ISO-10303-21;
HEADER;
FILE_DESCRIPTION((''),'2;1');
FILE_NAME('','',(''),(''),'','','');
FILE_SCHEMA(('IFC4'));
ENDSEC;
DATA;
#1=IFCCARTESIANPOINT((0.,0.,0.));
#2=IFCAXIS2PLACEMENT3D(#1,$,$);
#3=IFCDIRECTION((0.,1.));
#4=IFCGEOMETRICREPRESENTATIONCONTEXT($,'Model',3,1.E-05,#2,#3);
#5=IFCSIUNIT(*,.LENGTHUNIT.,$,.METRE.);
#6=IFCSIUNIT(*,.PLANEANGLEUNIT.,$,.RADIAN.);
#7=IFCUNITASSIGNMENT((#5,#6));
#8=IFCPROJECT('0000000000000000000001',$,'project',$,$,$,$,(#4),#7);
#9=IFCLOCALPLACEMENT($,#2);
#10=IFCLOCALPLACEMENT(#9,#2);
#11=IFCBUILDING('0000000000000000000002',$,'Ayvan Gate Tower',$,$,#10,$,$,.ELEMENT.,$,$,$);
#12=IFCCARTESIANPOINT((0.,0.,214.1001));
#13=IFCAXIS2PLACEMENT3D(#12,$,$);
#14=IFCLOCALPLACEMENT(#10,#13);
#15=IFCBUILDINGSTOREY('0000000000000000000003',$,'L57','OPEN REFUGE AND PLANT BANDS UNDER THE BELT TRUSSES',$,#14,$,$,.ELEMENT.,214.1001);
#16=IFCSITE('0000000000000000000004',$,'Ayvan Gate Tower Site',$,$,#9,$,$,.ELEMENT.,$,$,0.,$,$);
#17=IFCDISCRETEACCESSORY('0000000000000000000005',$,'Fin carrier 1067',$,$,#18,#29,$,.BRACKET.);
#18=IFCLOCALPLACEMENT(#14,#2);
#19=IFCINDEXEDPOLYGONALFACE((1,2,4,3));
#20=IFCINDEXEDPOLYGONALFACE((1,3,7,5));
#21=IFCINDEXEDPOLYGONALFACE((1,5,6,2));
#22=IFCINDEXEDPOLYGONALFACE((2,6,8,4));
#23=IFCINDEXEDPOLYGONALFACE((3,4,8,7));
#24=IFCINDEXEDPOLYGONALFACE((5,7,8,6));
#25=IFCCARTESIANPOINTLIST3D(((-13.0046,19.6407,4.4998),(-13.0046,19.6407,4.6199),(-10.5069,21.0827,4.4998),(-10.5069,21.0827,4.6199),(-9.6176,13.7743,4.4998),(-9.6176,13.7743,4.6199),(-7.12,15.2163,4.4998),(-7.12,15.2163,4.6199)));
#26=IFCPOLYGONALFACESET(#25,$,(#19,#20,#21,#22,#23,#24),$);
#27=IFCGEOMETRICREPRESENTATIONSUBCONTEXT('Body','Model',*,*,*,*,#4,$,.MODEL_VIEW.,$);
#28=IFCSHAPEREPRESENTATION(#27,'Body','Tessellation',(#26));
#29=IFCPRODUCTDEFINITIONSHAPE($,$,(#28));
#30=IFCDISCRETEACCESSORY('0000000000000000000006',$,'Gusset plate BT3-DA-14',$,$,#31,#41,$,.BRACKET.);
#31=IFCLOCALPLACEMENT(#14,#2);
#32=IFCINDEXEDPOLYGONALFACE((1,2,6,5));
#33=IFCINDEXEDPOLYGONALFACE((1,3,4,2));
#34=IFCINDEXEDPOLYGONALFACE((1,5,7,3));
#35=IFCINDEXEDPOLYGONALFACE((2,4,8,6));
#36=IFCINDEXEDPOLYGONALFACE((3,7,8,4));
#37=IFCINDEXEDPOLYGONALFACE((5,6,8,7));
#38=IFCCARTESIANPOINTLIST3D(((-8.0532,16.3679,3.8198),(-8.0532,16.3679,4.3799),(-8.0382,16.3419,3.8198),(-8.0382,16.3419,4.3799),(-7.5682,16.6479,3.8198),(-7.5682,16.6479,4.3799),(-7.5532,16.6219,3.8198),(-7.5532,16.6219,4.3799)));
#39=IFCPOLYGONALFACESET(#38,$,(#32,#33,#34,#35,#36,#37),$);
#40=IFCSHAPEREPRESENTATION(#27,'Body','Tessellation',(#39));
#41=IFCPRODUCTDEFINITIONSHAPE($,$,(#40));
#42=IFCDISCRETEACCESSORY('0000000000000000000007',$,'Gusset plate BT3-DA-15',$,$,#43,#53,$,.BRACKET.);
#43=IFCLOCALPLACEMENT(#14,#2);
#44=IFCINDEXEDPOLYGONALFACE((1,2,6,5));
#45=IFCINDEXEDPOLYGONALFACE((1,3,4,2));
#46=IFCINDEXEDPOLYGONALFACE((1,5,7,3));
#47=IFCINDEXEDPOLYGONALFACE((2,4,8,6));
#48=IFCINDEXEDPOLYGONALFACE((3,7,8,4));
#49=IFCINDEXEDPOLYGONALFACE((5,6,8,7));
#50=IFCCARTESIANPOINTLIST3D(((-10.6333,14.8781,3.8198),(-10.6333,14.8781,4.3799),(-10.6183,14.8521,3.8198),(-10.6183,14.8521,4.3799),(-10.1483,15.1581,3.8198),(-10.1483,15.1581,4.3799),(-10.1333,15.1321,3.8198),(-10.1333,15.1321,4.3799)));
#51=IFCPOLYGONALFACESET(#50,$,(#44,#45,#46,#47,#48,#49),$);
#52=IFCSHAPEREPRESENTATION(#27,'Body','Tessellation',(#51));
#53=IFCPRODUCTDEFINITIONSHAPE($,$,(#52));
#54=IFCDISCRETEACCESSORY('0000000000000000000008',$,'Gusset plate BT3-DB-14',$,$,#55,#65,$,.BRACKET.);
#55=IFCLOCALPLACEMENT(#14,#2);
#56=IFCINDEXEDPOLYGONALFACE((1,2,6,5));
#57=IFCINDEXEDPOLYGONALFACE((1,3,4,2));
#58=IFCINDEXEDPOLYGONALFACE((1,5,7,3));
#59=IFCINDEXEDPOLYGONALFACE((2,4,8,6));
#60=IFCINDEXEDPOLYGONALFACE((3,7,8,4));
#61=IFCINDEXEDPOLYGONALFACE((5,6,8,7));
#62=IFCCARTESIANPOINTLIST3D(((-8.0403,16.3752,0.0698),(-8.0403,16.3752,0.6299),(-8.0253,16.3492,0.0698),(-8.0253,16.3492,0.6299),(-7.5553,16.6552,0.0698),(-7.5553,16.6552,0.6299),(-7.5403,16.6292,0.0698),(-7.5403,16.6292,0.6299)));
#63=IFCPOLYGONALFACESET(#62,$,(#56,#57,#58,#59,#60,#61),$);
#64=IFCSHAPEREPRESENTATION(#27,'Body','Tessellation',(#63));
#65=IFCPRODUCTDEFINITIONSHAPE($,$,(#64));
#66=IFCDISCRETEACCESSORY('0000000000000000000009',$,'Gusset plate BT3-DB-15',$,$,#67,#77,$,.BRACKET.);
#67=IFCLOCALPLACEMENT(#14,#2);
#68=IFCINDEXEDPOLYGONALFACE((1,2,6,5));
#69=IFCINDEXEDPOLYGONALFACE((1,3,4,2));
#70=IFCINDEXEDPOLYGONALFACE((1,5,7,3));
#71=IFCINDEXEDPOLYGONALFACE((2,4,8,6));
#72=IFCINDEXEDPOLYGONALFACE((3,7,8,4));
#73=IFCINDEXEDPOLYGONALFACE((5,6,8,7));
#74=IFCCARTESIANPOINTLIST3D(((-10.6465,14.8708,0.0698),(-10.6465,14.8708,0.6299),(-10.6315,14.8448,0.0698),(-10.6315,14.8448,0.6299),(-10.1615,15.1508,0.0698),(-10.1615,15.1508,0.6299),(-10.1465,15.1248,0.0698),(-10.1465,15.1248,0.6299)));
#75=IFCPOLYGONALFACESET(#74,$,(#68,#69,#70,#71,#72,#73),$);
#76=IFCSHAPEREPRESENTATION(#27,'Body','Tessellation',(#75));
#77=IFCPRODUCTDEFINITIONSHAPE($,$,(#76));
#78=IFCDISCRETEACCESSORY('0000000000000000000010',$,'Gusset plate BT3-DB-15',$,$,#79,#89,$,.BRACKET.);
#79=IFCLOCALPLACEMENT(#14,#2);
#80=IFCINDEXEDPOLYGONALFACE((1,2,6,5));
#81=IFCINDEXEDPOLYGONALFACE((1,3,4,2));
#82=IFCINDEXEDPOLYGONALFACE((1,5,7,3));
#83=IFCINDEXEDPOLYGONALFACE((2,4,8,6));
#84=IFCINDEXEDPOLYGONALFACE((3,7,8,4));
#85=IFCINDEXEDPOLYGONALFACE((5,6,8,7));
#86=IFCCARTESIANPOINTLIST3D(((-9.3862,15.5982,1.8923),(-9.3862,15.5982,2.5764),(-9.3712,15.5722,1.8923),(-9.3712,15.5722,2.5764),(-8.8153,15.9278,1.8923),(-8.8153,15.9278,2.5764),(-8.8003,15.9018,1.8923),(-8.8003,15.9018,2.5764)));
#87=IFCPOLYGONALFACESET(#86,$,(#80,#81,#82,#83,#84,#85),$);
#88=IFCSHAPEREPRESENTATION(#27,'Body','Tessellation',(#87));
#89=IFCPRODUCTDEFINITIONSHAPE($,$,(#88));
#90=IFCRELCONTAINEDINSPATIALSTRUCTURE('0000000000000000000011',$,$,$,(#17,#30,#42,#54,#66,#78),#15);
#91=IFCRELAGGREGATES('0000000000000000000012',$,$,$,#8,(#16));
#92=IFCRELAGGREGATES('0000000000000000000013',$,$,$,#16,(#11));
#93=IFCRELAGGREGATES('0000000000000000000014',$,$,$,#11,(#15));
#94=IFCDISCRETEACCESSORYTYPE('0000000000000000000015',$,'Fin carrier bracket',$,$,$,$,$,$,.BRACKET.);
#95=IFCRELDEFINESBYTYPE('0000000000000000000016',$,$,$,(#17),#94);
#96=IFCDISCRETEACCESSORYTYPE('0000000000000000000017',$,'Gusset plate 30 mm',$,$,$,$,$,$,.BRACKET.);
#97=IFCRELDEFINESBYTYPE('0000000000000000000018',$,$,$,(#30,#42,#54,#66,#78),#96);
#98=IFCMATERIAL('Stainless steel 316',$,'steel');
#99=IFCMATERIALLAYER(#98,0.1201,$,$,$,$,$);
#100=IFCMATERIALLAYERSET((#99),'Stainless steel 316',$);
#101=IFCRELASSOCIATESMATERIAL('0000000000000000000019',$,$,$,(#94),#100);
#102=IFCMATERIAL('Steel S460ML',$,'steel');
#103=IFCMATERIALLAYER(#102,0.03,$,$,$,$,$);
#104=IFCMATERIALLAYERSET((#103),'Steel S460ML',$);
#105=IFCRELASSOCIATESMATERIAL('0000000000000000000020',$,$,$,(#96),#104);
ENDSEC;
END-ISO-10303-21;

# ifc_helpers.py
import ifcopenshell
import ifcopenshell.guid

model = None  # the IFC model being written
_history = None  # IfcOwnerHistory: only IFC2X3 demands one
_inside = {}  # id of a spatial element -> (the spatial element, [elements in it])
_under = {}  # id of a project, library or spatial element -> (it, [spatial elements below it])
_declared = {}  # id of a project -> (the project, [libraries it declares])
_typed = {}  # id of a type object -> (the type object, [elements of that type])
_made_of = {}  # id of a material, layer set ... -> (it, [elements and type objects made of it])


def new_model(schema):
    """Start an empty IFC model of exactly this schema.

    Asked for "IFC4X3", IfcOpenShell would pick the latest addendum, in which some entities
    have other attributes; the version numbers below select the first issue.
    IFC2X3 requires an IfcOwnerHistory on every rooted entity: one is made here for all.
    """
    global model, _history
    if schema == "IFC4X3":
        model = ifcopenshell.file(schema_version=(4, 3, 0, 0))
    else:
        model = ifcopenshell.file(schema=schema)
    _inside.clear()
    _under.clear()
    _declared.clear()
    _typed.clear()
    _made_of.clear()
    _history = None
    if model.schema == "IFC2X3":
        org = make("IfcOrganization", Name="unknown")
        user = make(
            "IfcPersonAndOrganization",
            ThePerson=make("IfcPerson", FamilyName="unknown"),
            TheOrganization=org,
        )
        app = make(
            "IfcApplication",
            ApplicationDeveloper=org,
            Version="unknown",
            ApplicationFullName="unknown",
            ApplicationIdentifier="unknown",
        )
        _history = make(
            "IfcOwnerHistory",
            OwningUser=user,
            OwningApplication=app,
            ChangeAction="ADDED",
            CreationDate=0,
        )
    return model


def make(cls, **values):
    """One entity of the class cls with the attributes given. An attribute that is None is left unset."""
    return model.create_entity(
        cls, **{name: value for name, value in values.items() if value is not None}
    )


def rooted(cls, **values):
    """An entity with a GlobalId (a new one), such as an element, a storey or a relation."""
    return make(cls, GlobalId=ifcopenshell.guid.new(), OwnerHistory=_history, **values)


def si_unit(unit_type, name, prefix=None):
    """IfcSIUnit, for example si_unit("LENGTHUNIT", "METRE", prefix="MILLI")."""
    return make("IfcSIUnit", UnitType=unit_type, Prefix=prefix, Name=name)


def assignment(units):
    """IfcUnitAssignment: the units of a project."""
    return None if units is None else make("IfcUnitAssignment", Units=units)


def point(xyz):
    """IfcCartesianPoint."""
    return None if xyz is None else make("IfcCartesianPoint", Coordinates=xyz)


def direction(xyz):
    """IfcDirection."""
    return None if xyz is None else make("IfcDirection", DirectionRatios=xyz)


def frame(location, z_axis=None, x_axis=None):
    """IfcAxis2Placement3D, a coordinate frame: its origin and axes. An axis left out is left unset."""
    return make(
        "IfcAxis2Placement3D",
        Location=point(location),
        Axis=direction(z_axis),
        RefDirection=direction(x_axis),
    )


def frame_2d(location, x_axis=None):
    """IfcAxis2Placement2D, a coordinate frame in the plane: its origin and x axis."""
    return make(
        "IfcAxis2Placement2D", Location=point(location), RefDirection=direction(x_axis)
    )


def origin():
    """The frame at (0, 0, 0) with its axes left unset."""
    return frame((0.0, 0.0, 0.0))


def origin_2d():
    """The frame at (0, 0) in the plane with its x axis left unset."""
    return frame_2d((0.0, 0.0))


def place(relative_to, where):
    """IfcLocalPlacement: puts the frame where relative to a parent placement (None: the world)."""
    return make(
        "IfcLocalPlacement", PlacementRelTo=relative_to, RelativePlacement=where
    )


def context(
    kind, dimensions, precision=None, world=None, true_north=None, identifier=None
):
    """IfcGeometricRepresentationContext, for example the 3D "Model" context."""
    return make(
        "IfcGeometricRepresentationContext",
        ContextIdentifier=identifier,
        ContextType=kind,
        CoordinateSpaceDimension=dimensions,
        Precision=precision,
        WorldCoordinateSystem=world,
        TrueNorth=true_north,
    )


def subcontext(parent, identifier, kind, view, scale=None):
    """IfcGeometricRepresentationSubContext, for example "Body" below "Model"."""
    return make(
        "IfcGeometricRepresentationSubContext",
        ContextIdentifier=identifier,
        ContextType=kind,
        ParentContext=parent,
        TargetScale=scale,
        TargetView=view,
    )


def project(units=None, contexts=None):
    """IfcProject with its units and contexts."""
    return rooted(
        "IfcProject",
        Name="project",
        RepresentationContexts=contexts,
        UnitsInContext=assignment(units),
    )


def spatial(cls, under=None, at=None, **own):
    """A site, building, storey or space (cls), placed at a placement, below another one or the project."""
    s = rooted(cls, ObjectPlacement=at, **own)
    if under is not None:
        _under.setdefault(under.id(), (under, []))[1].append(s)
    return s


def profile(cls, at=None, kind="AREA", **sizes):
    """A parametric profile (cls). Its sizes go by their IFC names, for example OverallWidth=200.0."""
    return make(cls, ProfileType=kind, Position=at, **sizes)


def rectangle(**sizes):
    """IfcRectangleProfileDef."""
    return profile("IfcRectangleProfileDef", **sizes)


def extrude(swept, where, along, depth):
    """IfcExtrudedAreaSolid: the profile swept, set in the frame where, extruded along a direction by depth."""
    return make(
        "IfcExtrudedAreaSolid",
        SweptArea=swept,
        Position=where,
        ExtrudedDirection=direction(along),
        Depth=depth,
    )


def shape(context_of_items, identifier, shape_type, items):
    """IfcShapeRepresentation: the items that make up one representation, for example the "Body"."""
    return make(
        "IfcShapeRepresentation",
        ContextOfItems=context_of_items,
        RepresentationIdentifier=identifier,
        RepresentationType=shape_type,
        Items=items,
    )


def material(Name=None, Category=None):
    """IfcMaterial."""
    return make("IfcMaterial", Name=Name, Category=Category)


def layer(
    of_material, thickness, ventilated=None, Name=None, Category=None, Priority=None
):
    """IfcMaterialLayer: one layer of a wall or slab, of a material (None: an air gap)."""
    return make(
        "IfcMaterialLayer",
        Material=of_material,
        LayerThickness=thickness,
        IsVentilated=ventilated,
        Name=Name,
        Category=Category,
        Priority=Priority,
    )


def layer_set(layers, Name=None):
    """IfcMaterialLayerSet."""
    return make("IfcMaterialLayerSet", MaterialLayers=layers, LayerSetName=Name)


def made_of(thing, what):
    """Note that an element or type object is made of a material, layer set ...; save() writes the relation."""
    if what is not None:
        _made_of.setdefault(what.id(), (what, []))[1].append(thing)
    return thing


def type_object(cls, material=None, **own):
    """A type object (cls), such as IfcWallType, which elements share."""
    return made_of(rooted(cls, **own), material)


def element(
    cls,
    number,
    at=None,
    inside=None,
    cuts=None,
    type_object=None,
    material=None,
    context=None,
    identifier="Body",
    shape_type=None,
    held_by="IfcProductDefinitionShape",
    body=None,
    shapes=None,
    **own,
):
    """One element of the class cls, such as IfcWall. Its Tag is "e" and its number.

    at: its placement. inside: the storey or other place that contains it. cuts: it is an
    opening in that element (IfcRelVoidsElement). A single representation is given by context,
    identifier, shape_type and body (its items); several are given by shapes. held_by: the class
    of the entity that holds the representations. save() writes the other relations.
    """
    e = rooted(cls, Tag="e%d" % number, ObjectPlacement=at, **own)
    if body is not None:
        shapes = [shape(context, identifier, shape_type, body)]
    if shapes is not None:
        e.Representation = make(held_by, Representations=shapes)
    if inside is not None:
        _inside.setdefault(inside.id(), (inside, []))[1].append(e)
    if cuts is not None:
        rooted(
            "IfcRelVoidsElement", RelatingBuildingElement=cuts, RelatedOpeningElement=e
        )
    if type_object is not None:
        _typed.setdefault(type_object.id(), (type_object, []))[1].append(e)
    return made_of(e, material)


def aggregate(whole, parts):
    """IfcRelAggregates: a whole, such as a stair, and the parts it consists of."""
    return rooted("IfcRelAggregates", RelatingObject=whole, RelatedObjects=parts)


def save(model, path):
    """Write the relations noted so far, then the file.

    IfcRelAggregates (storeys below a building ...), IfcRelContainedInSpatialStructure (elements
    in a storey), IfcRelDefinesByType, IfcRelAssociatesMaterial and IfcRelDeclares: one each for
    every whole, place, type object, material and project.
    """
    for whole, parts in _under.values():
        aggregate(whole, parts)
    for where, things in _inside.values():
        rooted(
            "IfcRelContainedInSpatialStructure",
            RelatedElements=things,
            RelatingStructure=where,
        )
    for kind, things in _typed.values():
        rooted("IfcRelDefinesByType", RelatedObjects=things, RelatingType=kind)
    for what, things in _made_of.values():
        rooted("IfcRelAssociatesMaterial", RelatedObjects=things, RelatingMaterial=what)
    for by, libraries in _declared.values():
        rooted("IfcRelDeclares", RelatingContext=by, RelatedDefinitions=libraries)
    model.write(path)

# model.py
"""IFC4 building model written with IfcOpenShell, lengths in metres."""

from ifc_helpers import new_model, si_unit, direction, frame, origin, origin_2d, place, context, subcontext, project, spatial, rectangle, extrude, material, layer, layer_set, type_object, element, save


model = new_model("IFC4")

# Units and contexts
model_context = context("Model", 3, precision=1e-05, world=origin(), true_north=direction((0.0, 1.0)))
body_context = subcontext(model_context, "Body", "Model", "MODEL_VIEW")
ifc_project = project(units=[si_unit("LENGTHUNIT", "METRE"), si_unit("PLANEANGLEUNIT", "RADIAN")], contexts=[model_context])

# Site, building, storey
site_placement = place(None, origin())
site = spatial("IfcSite", under=ifc_project, at=site_placement, Name="Ayvan Gate Tower Site", CompositionType="ELEMENT", RefElevation=0.0)
building_placement = place(site_placement, origin())
building = spatial("IfcBuilding", under=site, at=building_placement, Name="Ayvan Gate Tower", CompositionType="ELEMENT")
storey_placement = place(building_placement, frame((0.0, 0.0, 214.1001)))
storey = spatial("IfcBuildingStorey", under=building, at=storey_placement, Name="L57", Description="OPEN REFUGE AND PLANT BANDS UNDER THE BELT TRUSSES", CompositionType="ELEMENT", Elevation=214.1001)

# Shared definitions
ifc_material_1 = material(Name="Steel S460ML", Category="steel")

# Discrete accessories
ifc_material_2 = material(Name="Stainless steel 316", Category="steel")
ifc_layer_1 = layer(ifc_material_2, 0.1201)
ifc_layer_set_1 = layer_set([ifc_layer_1], Name="Stainless steel 316")
discrete_accessory_type_1 = type_object("IfcDiscreteAccessoryType", Name="Fin carrier bracket", PredefinedType="BRACKET", material=ifc_layer_set_1)
discrete_accessory_1_placement = place(storey_placement, frame((-10.0623, 17.4285, 4.4998), z_axis=(0.0, 0.0, 1.0), x_axis=(-0.866025, -0.5, 0.0)))
element("IfcDiscreteAccessory", 1, at=discrete_accessory_1_placement, inside=storey, type_object=discrete_accessory_type_1, Name="Fin carrier 1067", PredefinedType="BRACKET", context=body_context, shape_type="SweptSolid", body=[
    extrude(rectangle(XDim=2.884, YDim=6.7739, at=origin_2d()), origin(), (0.0, 0.0, 1.0), 0.1201),
])
ifc_layer_2 = layer(ifc_material_1, 0.03)
ifc_layer_set_2 = layer_set([ifc_layer_2], Name="Steel S460ML")
discrete_accessory_type_2 = type_object("IfcDiscreteAccessoryType", Name="Gusset plate 30 mm", PredefinedType="BRACKET", material=ifc_layer_set_2)
for number, where, z_axis, x_axis, name in (
    (2, (-7.8032, 16.4949, 3.8198), (0.0, 0.0, 1.0), (0.866025, 0.5, 0.0), "Gusset plate BT3-DA-14"),
    (3, (-10.3833, 15.0051, 3.8198), (0.0, 0.0, 1.0), (0.866025, 0.5, 0.0), "Gusset plate BT3-DA-15"),
    (4, (-7.7903, 16.5022, 0.0698), (0.0, 0.0, 1.0), (0.866025, 0.5, 0.0), "Gusset plate BT3-DB-14"),
    (5, (-10.3965, 14.9978, 0.0698), (0.0, 0.0, 1.0), (0.866025, 0.5, 0.0), "Gusset plate BT3-DB-15"),
):
    element("IfcDiscreteAccessory", number, at=place(storey_placement, frame(where, z_axis=z_axis, x_axis=x_axis)), inside=storey, type_object=discrete_accessory_type_2, Name=name, PredefinedType="BRACKET", context=body_context, shape_type="SweptSolid", body=[
        extrude(rectangle(XDim=0.5601, YDim=0.03, at=origin_2d()), origin(), (0.0, 0.0, 1.0), 0.5601),
    ])
discrete_accessory_2_placement = place(storey_placement, frame((-9.0933, 15.75, 1.8923), z_axis=(0.0, 0.0, 1.0), x_axis=(0.866025, 0.5, 0.0)))
element("IfcDiscreteAccessory", 6, at=discrete_accessory_2_placement, inside=storey, type_object=discrete_accessory_type_2, Name="Gusset plate BT3-DB-15", PredefinedType="BRACKET", context=body_context, shape_type="SweptSolid", body=[
    extrude(rectangle(XDim=0.6592, YDim=0.03, at=origin_2d()), origin(), (0.0, 0.0, 1.0), 0.6841),
])

save(model, "model.ifc")
